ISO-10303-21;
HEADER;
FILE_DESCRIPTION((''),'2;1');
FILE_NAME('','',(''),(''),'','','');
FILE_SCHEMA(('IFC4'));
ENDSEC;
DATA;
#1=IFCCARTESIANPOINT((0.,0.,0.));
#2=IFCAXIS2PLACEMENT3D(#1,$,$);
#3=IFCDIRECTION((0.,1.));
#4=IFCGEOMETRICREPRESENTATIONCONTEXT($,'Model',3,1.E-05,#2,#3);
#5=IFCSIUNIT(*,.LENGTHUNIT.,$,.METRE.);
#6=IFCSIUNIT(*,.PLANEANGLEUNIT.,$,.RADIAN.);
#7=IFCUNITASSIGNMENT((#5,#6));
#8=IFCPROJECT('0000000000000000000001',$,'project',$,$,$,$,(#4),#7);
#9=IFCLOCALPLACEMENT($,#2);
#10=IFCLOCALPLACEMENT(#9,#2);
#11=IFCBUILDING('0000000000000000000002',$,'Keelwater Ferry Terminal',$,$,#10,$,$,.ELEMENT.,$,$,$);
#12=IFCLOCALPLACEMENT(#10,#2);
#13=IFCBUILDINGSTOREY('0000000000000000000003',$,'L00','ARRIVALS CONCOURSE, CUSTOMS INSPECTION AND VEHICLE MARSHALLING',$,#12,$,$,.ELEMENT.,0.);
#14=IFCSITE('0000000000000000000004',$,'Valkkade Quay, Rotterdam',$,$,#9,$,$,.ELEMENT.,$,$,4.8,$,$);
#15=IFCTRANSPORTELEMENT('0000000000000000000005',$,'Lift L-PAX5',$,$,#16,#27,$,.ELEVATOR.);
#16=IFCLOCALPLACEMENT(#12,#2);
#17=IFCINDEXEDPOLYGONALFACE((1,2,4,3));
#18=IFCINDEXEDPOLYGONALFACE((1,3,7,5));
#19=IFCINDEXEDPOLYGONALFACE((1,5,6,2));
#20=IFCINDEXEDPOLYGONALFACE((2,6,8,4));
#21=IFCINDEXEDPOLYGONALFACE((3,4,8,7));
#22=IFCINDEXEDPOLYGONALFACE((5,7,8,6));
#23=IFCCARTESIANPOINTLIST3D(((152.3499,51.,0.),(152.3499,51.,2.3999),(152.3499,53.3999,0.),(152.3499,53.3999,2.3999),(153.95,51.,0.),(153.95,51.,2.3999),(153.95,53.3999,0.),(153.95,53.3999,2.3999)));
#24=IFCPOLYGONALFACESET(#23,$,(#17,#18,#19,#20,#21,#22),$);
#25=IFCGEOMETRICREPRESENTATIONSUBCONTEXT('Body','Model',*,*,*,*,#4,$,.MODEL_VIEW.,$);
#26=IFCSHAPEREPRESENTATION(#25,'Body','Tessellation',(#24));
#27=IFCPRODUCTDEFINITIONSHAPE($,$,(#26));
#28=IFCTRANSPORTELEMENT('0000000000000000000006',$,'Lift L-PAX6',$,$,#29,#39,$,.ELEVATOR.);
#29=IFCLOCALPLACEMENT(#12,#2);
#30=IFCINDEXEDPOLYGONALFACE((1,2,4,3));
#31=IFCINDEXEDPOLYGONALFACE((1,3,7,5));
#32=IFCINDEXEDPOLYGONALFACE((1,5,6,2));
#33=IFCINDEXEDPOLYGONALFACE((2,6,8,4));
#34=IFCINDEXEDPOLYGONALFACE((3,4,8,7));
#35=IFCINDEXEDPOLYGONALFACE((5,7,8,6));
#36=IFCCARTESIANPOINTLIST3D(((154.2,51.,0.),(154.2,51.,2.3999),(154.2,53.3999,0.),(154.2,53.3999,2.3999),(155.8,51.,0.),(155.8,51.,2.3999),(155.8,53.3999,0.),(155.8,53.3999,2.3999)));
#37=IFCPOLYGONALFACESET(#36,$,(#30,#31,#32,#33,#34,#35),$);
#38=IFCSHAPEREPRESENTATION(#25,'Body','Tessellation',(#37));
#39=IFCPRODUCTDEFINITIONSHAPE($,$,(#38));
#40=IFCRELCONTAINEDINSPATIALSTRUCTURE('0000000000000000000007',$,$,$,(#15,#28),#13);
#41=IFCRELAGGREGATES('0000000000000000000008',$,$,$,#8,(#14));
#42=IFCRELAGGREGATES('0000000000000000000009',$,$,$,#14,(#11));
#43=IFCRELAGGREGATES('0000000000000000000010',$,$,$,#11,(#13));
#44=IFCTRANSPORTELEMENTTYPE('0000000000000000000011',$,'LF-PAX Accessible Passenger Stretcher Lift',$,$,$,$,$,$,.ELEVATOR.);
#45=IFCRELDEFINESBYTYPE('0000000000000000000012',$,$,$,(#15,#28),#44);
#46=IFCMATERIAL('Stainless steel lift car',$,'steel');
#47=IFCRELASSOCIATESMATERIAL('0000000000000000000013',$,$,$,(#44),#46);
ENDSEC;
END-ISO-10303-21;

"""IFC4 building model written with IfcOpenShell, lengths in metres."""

from ifc_helpers import new_model, si_unit, direction, frame, origin, origin_2d, place, context, subcontext, project, spatial, rectangle, extrude, material, type_object, element, save


model = new_model("IFC4")

# Units and contexts
model_context = context("Model", 3, precision=1e-05, world=origin(), true_north=direction((0.0, 1.0)))
body_context = subcontext(model_context, "Body", "Model", "MODEL_VIEW")
ifc_project = project(units=[si_unit("LENGTHUNIT", "METRE"), si_unit("PLANEANGLEUNIT", "RADIAN")], contexts=[model_context])

# Site, building, storey
site_placement = place(None, origin())
site = spatial("IfcSite", under=ifc_project, at=site_placement, Name="Valkkade Quay, Rotterdam", CompositionType="ELEMENT", RefElevation=4.8)
building_placement = place(site_placement, origin())
building = spatial("IfcBuilding", under=site, at=building_placement, Name="Keelwater Ferry Terminal", CompositionType="ELEMENT")
storey_placement = place(building_placement, origin())
storey = spatial("IfcBuildingStorey", under=building, at=storey_placement, Name="L00", Description="ARRIVALS CONCOURSE, CUSTOMS INSPECTION AND VEHICLE MARSHALLING", CompositionType="ELEMENT", Elevation=0.0)

# Transport elements
ifc_material_1 = material(Name="Stainless steel lift car", Category="steel")
transport_element_type = type_object("IfcTransportElementType", Name="LF-PAX Accessible Passenger Stretcher Lift", PredefinedType="ELEVATOR", material=ifc_material_1)
for number, where, z_axis, x_axis, name in (
    (1, (153.1499, 52.2, 0.0), (0.0, 0.0, 1.0), (1.0, 0.0, 0.0), "Lift L-PAX5"),
    (2, (155.0, 52.2, 0.0), (0.0, 0.0, 1.0), (1.0, 0.0, 0.0), "Lift L-PAX6"),
):
    element("IfcTransportElement", number, at=place(storey_placement, frame(where, z_axis=z_axis, x_axis=x_axis)), inside=storey, type_object=transport_element_type, Name=name, PredefinedType="ELEVATOR", context=body_context, shape_type="SweptSolid", body=[
        extrude(rectangle(XDim=1.6001, YDim=2.3999, at=origin_2d()), origin(), (0.0, 0.0, 1.0), 2.3999),
    ])

save(model, "model.ifc")
